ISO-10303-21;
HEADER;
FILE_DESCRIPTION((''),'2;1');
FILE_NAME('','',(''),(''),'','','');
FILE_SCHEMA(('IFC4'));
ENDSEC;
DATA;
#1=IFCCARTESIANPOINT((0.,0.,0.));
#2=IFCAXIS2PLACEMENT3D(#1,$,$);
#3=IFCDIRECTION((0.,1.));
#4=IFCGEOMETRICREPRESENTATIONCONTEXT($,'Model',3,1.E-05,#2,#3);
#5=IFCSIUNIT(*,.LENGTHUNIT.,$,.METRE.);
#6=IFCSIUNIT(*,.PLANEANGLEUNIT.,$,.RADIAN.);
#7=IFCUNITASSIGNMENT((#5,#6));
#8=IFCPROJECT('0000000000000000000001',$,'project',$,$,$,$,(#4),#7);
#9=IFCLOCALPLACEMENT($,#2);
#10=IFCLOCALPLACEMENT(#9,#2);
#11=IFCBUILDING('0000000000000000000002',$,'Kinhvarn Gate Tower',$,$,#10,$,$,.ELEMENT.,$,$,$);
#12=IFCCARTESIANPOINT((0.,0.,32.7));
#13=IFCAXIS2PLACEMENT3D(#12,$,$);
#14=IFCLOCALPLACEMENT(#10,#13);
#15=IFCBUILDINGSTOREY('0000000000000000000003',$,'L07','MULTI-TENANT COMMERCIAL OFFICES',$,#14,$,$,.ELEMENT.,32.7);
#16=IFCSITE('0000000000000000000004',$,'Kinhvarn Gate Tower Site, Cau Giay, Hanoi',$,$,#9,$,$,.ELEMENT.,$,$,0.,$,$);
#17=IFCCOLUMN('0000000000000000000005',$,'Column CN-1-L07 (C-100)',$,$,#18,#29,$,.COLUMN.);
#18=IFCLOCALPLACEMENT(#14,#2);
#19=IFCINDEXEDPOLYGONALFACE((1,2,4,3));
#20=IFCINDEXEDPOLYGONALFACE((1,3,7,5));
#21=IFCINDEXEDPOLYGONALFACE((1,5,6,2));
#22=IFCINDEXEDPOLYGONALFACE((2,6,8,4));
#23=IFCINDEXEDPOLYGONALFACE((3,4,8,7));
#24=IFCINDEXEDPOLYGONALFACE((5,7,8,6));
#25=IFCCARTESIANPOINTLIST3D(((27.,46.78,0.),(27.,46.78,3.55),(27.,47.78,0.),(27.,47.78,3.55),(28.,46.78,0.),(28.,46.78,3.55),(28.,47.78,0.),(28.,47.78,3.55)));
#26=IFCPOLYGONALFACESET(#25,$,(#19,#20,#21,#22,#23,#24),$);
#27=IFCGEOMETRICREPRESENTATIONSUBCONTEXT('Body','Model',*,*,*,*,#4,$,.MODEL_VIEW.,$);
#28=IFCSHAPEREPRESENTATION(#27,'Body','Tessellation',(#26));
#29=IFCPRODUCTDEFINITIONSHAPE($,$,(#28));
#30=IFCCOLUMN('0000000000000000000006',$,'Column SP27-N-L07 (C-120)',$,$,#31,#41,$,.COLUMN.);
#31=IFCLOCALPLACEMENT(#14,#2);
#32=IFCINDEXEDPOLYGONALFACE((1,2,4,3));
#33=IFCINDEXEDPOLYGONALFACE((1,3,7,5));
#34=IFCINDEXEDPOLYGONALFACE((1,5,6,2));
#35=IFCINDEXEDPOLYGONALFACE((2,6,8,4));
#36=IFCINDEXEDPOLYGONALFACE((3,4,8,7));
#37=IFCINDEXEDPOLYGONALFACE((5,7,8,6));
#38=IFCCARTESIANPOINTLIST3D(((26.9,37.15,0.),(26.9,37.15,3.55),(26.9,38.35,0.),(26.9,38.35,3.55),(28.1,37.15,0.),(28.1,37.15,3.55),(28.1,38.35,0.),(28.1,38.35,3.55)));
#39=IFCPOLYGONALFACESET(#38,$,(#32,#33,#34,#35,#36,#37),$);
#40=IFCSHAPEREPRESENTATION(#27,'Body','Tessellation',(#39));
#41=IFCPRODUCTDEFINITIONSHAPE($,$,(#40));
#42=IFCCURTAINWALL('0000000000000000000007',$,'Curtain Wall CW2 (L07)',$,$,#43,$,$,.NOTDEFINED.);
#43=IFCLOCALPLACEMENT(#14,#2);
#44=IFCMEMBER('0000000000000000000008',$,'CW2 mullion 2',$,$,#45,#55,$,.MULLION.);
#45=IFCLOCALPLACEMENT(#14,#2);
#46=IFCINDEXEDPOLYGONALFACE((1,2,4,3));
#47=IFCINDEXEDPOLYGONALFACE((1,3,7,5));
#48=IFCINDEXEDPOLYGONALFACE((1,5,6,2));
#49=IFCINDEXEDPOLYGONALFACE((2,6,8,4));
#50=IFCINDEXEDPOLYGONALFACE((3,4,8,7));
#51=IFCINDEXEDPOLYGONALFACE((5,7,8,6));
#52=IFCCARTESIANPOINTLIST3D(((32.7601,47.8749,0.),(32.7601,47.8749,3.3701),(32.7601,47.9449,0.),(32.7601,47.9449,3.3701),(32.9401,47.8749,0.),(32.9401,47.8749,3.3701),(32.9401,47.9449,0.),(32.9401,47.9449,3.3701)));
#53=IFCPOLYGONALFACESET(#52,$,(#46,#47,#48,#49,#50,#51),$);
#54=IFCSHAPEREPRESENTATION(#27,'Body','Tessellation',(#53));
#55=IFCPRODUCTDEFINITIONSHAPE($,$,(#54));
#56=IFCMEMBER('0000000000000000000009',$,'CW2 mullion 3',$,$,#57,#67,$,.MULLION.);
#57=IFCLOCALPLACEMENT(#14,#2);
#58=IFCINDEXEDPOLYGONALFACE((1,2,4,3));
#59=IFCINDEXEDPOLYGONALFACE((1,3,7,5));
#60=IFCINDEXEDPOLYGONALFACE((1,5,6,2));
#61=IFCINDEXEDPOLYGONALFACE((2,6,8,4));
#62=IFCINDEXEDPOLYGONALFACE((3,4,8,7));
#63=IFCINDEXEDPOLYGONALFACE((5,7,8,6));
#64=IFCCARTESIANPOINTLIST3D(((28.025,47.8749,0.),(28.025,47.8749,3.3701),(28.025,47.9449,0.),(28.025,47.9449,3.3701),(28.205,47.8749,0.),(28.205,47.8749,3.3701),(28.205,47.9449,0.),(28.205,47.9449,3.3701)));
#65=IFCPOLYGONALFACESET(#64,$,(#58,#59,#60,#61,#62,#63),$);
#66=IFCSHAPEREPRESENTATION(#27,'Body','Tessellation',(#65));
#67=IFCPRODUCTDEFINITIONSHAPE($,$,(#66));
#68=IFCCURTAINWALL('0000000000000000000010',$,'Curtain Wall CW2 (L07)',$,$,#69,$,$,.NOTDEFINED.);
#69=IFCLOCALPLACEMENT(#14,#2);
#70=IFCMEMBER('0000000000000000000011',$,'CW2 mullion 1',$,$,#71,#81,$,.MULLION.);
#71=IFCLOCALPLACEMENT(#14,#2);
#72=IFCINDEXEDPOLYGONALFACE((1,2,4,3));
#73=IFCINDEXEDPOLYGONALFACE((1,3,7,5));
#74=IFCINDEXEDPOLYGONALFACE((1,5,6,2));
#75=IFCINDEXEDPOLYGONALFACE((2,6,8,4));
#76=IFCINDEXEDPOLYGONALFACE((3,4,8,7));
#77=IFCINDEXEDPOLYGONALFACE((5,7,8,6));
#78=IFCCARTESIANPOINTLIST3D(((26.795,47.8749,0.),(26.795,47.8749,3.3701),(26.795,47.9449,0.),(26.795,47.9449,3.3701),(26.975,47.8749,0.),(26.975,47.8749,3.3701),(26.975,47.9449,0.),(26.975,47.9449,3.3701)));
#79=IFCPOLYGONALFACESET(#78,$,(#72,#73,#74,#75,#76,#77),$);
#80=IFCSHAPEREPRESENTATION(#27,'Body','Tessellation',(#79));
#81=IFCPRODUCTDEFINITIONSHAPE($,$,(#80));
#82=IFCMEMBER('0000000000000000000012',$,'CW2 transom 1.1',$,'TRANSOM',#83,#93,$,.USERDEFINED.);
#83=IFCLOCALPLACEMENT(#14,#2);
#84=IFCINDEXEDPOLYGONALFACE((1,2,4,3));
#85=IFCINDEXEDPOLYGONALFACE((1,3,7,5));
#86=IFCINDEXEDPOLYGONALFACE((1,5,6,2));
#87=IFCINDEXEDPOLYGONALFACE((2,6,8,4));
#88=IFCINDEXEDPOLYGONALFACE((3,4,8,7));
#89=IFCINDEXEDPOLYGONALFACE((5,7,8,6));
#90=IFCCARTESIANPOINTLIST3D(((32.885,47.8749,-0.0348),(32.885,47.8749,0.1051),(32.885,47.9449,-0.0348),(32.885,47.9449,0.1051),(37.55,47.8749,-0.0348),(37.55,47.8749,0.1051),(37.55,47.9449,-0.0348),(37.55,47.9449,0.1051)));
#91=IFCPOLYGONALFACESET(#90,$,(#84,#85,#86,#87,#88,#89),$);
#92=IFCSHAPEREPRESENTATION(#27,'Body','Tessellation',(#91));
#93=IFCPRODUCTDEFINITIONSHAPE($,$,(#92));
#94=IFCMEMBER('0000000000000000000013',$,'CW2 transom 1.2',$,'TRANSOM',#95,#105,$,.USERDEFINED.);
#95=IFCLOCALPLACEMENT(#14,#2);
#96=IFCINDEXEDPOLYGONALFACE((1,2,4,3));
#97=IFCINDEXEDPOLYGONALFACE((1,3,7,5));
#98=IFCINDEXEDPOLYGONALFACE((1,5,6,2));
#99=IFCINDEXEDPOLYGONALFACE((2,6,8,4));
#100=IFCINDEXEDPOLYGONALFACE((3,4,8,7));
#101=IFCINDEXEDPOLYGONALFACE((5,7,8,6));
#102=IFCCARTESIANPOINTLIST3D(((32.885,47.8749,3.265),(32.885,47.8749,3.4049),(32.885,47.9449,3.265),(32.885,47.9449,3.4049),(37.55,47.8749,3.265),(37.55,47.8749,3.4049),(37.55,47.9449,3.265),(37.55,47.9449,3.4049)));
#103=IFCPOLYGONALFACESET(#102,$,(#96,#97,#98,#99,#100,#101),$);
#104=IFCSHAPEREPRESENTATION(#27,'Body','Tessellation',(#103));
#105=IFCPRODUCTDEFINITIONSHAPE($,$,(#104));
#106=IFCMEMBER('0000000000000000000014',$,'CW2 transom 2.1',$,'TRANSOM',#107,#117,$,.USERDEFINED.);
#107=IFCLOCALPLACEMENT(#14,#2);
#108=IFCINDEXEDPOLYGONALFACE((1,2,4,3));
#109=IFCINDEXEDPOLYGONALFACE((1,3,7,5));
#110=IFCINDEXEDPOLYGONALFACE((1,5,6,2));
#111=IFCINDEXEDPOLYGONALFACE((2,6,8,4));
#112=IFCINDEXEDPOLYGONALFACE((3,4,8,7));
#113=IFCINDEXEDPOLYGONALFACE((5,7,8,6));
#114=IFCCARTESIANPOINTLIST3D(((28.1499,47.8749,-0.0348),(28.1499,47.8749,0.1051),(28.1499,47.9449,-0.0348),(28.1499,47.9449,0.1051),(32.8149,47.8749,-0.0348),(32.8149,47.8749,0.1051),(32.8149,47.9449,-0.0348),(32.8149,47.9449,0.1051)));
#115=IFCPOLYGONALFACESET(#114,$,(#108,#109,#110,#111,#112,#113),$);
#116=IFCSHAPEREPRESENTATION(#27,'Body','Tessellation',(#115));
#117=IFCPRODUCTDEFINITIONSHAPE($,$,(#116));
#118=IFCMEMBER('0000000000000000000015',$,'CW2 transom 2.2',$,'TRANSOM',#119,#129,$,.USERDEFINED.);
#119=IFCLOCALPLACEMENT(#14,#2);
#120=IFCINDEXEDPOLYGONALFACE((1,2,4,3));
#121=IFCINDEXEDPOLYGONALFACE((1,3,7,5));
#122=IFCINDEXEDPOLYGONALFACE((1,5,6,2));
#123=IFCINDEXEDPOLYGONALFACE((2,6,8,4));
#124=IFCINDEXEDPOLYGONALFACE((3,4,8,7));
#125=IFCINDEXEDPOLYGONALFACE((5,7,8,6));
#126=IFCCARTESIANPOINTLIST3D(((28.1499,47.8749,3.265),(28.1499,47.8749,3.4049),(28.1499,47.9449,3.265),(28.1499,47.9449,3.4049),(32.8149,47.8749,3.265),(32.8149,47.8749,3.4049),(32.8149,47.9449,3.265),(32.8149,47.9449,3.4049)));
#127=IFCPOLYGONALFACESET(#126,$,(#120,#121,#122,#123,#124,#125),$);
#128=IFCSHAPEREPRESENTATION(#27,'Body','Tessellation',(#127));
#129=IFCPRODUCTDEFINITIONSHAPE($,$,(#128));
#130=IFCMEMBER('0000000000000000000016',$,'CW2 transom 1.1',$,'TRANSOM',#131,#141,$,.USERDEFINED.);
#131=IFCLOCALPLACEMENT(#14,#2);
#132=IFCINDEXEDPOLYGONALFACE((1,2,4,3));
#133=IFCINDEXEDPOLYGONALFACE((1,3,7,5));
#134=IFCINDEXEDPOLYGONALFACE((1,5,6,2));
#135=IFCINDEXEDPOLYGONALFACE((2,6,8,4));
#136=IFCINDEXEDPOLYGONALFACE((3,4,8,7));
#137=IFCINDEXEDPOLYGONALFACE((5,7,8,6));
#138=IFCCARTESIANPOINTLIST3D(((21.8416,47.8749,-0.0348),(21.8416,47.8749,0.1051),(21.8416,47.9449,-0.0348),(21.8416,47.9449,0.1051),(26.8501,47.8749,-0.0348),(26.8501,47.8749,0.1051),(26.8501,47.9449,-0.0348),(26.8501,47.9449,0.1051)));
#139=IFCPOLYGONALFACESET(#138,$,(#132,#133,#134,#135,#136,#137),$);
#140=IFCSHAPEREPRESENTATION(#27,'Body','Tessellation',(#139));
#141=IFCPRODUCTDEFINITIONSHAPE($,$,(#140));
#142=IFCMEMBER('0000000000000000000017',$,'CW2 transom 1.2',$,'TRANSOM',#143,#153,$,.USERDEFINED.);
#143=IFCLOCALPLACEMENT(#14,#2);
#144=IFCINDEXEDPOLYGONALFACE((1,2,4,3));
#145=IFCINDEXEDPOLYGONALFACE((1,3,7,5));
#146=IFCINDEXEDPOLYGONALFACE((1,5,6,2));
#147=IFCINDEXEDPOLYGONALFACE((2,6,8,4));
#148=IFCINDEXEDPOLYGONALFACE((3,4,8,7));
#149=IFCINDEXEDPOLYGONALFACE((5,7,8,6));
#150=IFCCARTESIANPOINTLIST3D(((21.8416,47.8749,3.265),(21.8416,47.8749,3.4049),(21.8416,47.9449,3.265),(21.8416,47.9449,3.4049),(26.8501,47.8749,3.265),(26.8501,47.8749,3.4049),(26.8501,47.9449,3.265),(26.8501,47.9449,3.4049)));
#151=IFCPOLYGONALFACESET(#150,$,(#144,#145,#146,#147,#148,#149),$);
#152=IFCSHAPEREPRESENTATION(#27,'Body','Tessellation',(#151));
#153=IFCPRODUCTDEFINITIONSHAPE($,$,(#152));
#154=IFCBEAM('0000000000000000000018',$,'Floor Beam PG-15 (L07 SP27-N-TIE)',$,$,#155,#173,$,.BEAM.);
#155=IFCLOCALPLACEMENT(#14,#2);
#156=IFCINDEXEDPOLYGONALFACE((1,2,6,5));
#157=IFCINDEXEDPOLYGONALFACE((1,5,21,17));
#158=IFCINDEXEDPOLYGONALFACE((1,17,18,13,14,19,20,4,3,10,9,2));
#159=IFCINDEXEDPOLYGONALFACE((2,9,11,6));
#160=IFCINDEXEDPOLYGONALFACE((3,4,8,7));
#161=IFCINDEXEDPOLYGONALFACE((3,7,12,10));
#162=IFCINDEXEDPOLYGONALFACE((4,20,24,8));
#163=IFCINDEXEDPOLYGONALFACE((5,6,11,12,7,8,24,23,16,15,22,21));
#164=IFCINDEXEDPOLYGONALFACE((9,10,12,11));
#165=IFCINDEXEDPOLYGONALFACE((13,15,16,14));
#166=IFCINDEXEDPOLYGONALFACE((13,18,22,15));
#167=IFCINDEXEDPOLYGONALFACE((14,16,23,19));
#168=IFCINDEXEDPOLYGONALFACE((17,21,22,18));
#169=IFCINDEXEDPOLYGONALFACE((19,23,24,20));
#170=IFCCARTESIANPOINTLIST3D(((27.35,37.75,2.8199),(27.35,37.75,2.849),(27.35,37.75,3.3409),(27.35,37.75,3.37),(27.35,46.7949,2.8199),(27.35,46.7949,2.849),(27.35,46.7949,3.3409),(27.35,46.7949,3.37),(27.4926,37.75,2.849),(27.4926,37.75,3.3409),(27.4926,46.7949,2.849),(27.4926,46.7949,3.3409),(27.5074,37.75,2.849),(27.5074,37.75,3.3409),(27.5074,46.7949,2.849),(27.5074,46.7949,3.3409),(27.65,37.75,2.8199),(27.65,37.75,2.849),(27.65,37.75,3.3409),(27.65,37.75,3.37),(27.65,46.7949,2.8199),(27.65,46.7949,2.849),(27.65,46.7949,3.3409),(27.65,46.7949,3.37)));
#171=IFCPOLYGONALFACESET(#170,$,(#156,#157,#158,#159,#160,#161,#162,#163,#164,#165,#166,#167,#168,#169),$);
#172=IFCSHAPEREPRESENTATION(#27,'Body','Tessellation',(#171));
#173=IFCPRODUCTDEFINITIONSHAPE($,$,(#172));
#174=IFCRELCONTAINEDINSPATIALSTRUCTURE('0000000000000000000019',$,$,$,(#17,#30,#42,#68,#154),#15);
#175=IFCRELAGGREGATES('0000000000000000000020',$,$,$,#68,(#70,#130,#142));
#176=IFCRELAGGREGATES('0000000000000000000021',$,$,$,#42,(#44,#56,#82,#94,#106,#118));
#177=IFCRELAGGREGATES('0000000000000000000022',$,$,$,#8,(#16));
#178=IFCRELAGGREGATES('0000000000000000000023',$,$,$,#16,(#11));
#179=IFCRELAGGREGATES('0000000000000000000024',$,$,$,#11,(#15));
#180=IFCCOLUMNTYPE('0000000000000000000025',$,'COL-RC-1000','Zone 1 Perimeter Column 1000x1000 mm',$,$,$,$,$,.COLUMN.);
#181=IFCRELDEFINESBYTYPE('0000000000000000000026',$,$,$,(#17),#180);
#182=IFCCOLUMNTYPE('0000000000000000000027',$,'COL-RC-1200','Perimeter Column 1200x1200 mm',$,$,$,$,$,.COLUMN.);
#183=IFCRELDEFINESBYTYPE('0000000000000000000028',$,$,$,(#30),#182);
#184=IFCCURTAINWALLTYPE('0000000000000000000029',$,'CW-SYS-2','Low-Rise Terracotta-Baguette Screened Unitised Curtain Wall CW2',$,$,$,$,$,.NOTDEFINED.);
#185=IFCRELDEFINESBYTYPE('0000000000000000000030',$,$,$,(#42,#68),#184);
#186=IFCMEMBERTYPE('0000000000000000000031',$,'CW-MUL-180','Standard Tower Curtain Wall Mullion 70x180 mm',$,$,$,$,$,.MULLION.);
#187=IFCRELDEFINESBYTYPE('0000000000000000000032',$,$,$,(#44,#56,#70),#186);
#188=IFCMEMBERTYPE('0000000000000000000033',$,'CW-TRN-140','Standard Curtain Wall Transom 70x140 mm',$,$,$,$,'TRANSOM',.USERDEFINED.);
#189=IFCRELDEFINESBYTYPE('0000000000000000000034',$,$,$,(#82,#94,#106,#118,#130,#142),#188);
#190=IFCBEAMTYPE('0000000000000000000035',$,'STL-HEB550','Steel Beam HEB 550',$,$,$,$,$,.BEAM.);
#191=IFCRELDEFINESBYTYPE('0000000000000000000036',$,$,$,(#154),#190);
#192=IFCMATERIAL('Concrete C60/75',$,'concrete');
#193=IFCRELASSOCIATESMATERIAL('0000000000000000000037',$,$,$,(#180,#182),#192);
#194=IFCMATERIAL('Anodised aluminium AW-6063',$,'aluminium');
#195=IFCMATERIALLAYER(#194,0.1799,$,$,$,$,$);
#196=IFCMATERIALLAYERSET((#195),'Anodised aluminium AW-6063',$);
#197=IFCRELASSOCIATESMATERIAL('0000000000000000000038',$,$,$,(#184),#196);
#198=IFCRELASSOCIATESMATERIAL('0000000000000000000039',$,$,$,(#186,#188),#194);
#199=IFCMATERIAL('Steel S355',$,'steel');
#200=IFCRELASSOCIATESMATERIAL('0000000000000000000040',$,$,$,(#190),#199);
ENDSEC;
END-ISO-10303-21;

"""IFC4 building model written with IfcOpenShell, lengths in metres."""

from ifc_helpers import new_model, si_unit, direction, frame, origin, origin_2d, place, context, subcontext, project, spatial, rectangle, i_section, extrude, material, layer, layer_set, material_profile, profile_set, type_object, element, aggregate, save


model = new_model("IFC4")

# Units and contexts
model_context = context("Model", 3, precision=1e-05, world=origin(), true_north=direction((0.0, 1.0)))
body_context = subcontext(model_context, "Body", "Model", "MODEL_VIEW")
ifc_project = project(units=[si_unit("LENGTHUNIT", "METRE"), si_unit("PLANEANGLEUNIT", "RADIAN")], contexts=[model_context])

# Site, building, storey
site_placement = place(None, origin())
site = spatial("IfcSite", under=ifc_project, at=site_placement, Name="Kinhvarn Gate Tower Site, Cau Giay, Hanoi", CompositionType="ELEMENT", RefElevation=0.0)
building_placement = place(site_placement, origin())
building = spatial("IfcBuilding", under=site, at=building_placement, Name="Kinhvarn Gate Tower", CompositionType="ELEMENT")
storey_placement = place(building_placement, frame((0.0, 0.0, 32.7)))
storey = spatial("IfcBuildingStorey", under=building, at=storey_placement, Name="L07", Description="MULTI-TENANT COMMERCIAL OFFICES", CompositionType="ELEMENT", Elevation=32.7)

# Columns
ifc_material_1 = material(Name="Concrete C60/75", Category="concrete")
ifc_material_profile_1 = material_profile(ifc_material_1, rectangle(XDim=1.0, YDim=1.0, at=origin_2d()), Name="RC 1000x1000")
ifc_profile_set_1 = profile_set([ifc_material_profile_1], Name="Concrete C60/75")
column_type_1 = type_object("IfcColumnType", Name="COL-RC-1000", Description="Zone 1 Perimeter Column 1000x1000 mm", PredefinedType="COLUMN", material=ifc_profile_set_1)
column_1_placement = place(storey_placement, frame((27.5, 47.28, 0.0), z_axis=(0.0, 0.0, 1.0), x_axis=(1.0, 0.0, 0.0)))
element("IfcColumn", 1, at=column_1_placement, inside=storey, type_object=column_type_1, Name="Column CN-1-L07 (C-100)", PredefinedType="COLUMN", context=body_context, shape_type="SweptSolid", body=[
    extrude(rectangle(XDim=1.0, YDim=1.0, at=origin_2d()), origin(), (0.0, 0.0, 1.0), 3.55),
])
ifc_material_profile_2 = material_profile(ifc_material_1, rectangle(XDim=1.2, YDim=1.2, at=origin_2d()), Name="RC 1200x1200")
ifc_profile_set_2 = profile_set([ifc_material_profile_2], Name="Concrete C60/75")
column_type_2 = type_object("IfcColumnType", Name="COL-RC-1200", Description="Perimeter Column 1200x1200 mm", PredefinedType="COLUMN", material=ifc_profile_set_2)
column_2_placement = place(storey_placement, frame((27.5, 37.75, 0.0), z_axis=(0.0, 0.0, 1.0), x_axis=(1.0, 0.0, 0.0)))
element("IfcColumn", 2, at=column_2_placement, inside=storey, type_object=column_type_2, Name="Column SP27-N-L07 (C-120)", PredefinedType="COLUMN", context=body_context, shape_type="SweptSolid", body=[
    extrude(rectangle(XDim=1.2, YDim=1.2, at=origin_2d()), origin(), (0.0, 0.0, 1.0), 3.55),
])

# Curtain wall, members
ifc_material_2 = material(Name="Anodised aluminium AW-6063", Category="aluminium")
ifc_layer_1 = layer(ifc_material_2, 0.1799)
ifc_layer_set_1 = layer_set([ifc_layer_1], Name="Anodised aluminium AW-6063")
curtain_wall_type = type_object("IfcCurtainWallType", Name="CW-SYS-2", Description="Low-Rise Terracotta-Baguette Screened Unitised Curtain Wall CW2", PredefinedType="NOTDEFINED", material=ifc_layer_set_1)
curtain_wall_1_placement = place(storey_placement, origin())
curtain_wall_1 = element("IfcCurtainWall", 3, at=curtain_wall_1_placement, inside=storey, type_object=curtain_wall_type, Name="Curtain Wall CW2 (L07)", PredefinedType="NOTDEFINED")
ifc_material_profile_3 = material_profile(ifc_material_2, rectangle(XDim=0.0701, YDim=0.1799, at=origin_2d()), Name="ALU 70x180")
ifc_profile_set_3 = profile_set([ifc_material_profile_3], Name="Anodised aluminium AW-6063")
member_type_1 = type_object("IfcMemberType", Name="CW-MUL-180", Description="Standard Tower Curtain Wall Mullion 70x180 mm", PredefinedType="MULLION", material=ifc_profile_set_3)
member_1_placement = place(storey_placement, frame((32.8501, 47.9099, 0.0), z_axis=(0.0, 0.0, 1.0), x_axis=(0.0, -1.0, 0.0)))
member_1 = element("IfcMember", 4, at=member_1_placement, type_object=member_type_1, Name="CW2 mullion 2", PredefinedType="MULLION", context=body_context, shape_type="SweptSolid", body=[
    extrude(rectangle(XDim=0.0701, YDim=0.1799, at=origin_2d()), origin(), (0.0, 0.0, 1.0), 3.3701),
])
member_2_placement = place(storey_placement, frame((28.115, 47.9099, 0.0), z_axis=(0.0, 0.0, 1.0), x_axis=(0.0, -1.0, 0.0)))
member_2 = element("IfcMember", 5, at=member_2_placement, type_object=member_type_1, Name="CW2 mullion 3", PredefinedType="MULLION", context=body_context, shape_type="SweptSolid", body=[
    extrude(rectangle(XDim=0.0701, YDim=0.1799, at=origin_2d()), origin(), (0.0, 0.0, 1.0), 3.3701),
])

# Curtain wall, member
curtain_wall_2_placement = place(storey_placement, origin())
curtain_wall_2 = element("IfcCurtainWall", 6, at=curtain_wall_2_placement, inside=storey, type_object=curtain_wall_type, Name="Curtain Wall CW2 (L07)", PredefinedType="NOTDEFINED")
member_3_placement = place(storey_placement, frame((26.885, 47.9099, 0.0), z_axis=(0.0, 0.0, 1.0), x_axis=(0.0, -1.0, 0.0)))
member_3 = element("IfcMember", 7, at=member_3_placement, type_object=member_type_1, Name="CW2 mullion 1", PredefinedType="MULLION", context=body_context, shape_type="SweptSolid", body=[
    extrude(rectangle(XDim=0.0701, YDim=0.1799, at=origin_2d()), origin(), (0.0, 0.0, 1.0), 3.3701),
])

# Members
ifc_material_profile_4 = material_profile(ifc_material_2, rectangle(XDim=0.0701, YDim=0.1399, at=origin_2d()), Name="ALU 70x140")
ifc_profile_set_4 = profile_set([ifc_material_profile_4], Name="Anodised aluminium AW-6063")
member_type_2 = type_object("IfcMemberType", Name="CW-TRN-140", Description="Standard Curtain Wall Transom 70x140 mm", ElementType="TRANSOM", PredefinedType="USERDEFINED", material=ifc_profile_set_4)
member_4_placement = place(storey_placement, frame((37.55, 47.9099, 0.0352), z_axis=(-1.0, 0.0, 0.0), x_axis=(0.0, -1.0, 0.0)))
member_4 = element("IfcMember", 8, at=member_4_placement, type_object=member_type_2, Name="CW2 transom 1.1", ObjectType="TRANSOM", PredefinedType="USERDEFINED", context=body_context, shape_type="SweptSolid", body=[
    extrude(rectangle(XDim=0.0701, YDim=0.1399, at=origin_2d()), origin(), (0.0, 0.0, 1.0), 4.665),
])
member_5_placement = place(storey_placement, frame((37.55, 47.9099, 3.335), z_axis=(-1.0, 0.0, 0.0), x_axis=(0.0, -1.0, 0.0)))
member_5 = element("IfcMember", 9, at=member_5_placement, type_object=member_type_2, Name="CW2 transom 1.2", ObjectType="TRANSOM", PredefinedType="USERDEFINED", context=body_context, shape_type="SweptSolid", body=[
    extrude(rectangle(XDim=0.0701, YDim=0.1399, at=origin_2d()), origin(), (0.0, 0.0, 1.0), 4.665),
])
member_6_placement = place(storey_placement, frame((32.8149, 47.9099, 0.0352), z_axis=(-1.0, 0.0, 0.0), x_axis=(0.0, -1.0, 0.0)))
member_6 = element("IfcMember", 10, at=member_6_placement, type_object=member_type_2, Name="CW2 transom 2.1", ObjectType="TRANSOM", PredefinedType="USERDEFINED", context=body_context, shape_type="SweptSolid", body=[
    extrude(rectangle(XDim=0.0701, YDim=0.1399, at=origin_2d()), origin(), (0.0, 0.0, 1.0), 4.665),
])
member_7_placement = place(storey_placement, frame((32.8149, 47.9099, 3.335), z_axis=(-1.0, 0.0, 0.0), x_axis=(0.0, -1.0, 0.0)))
member_7 = element("IfcMember", 11, at=member_7_placement, type_object=member_type_2, Name="CW2 transom 2.2", ObjectType="TRANSOM", PredefinedType="USERDEFINED", context=body_context, shape_type="SweptSolid", body=[
    extrude(rectangle(XDim=0.0701, YDim=0.1399, at=origin_2d()), origin(), (0.0, 0.0, 1.0), 4.665),
])
member_8_placement = place(storey_placement, frame((26.8501, 47.9099, 0.0352), z_axis=(-1.0, 0.0, 0.0), x_axis=(0.0, -1.0, 0.0)))
member_8 = element("IfcMember", 12, at=member_8_placement, type_object=member_type_2, Name="CW2 transom 1.1", ObjectType="TRANSOM", PredefinedType="USERDEFINED", context=body_context, shape_type="SweptSolid", body=[
    extrude(rectangle(XDim=0.0701, YDim=0.1399, at=origin_2d()), origin(), (0.0, 0.0, 1.0), 5.0085),
])
member_9_placement = place(storey_placement, frame((26.8501, 47.9099, 3.335), z_axis=(-1.0, 0.0, 0.0), x_axis=(0.0, -1.0, 0.0)))
member_9 = element("IfcMember", 13, at=member_9_placement, type_object=member_type_2, Name="CW2 transom 1.2", ObjectType="TRANSOM", PredefinedType="USERDEFINED", context=body_context, shape_type="SweptSolid", body=[
    extrude(rectangle(XDim=0.0701, YDim=0.1399, at=origin_2d()), origin(), (0.0, 0.0, 1.0), 5.0085),
])
aggregate(curtain_wall_2, [member_3, member_8, member_9])

# Beam
ifc_material_3 = material(Name="Steel S355", Category="steel")
ifc_material_profile_5 = material_profile(ifc_material_3, i_section(OverallWidth=0.3, OverallDepth=0.55, WebThickness=0.0149, FlangeThickness=0.0291, at=origin_2d()), Name="HEB 550")
ifc_profile_set_5 = profile_set([ifc_material_profile_5], Name="Steel S355")
beam_type_1 = type_object("IfcBeamType", Name="STL-HEB550", Description="Steel Beam HEB 550", PredefinedType="BEAM", material=ifc_profile_set_5)
beam_1_placement = place(storey_placement, frame((27.5, 37.75, 3.095), z_axis=(0.0, 1.0, 0.0), x_axis=(-1.0, 0.0, 0.0)))
element("IfcBeam", 14, at=beam_1_placement, inside=storey, type_object=beam_type_1, Name="Floor Beam PG-15 (L07 SP27-N-TIE)", PredefinedType="BEAM", context=body_context, shape_type="SweptSolid", body=[
    extrude(i_section(OverallWidth=0.3, OverallDepth=0.55, WebThickness=0.0149, FlangeThickness=0.0291, at=origin_2d()), origin(), (0.0, 0.0, 1.0), 9.0449),
])

aggregate(curtain_wall_1, [member_1, member_2, member_4, member_5, member_6, member_7])

save(model, "model.ifc")
